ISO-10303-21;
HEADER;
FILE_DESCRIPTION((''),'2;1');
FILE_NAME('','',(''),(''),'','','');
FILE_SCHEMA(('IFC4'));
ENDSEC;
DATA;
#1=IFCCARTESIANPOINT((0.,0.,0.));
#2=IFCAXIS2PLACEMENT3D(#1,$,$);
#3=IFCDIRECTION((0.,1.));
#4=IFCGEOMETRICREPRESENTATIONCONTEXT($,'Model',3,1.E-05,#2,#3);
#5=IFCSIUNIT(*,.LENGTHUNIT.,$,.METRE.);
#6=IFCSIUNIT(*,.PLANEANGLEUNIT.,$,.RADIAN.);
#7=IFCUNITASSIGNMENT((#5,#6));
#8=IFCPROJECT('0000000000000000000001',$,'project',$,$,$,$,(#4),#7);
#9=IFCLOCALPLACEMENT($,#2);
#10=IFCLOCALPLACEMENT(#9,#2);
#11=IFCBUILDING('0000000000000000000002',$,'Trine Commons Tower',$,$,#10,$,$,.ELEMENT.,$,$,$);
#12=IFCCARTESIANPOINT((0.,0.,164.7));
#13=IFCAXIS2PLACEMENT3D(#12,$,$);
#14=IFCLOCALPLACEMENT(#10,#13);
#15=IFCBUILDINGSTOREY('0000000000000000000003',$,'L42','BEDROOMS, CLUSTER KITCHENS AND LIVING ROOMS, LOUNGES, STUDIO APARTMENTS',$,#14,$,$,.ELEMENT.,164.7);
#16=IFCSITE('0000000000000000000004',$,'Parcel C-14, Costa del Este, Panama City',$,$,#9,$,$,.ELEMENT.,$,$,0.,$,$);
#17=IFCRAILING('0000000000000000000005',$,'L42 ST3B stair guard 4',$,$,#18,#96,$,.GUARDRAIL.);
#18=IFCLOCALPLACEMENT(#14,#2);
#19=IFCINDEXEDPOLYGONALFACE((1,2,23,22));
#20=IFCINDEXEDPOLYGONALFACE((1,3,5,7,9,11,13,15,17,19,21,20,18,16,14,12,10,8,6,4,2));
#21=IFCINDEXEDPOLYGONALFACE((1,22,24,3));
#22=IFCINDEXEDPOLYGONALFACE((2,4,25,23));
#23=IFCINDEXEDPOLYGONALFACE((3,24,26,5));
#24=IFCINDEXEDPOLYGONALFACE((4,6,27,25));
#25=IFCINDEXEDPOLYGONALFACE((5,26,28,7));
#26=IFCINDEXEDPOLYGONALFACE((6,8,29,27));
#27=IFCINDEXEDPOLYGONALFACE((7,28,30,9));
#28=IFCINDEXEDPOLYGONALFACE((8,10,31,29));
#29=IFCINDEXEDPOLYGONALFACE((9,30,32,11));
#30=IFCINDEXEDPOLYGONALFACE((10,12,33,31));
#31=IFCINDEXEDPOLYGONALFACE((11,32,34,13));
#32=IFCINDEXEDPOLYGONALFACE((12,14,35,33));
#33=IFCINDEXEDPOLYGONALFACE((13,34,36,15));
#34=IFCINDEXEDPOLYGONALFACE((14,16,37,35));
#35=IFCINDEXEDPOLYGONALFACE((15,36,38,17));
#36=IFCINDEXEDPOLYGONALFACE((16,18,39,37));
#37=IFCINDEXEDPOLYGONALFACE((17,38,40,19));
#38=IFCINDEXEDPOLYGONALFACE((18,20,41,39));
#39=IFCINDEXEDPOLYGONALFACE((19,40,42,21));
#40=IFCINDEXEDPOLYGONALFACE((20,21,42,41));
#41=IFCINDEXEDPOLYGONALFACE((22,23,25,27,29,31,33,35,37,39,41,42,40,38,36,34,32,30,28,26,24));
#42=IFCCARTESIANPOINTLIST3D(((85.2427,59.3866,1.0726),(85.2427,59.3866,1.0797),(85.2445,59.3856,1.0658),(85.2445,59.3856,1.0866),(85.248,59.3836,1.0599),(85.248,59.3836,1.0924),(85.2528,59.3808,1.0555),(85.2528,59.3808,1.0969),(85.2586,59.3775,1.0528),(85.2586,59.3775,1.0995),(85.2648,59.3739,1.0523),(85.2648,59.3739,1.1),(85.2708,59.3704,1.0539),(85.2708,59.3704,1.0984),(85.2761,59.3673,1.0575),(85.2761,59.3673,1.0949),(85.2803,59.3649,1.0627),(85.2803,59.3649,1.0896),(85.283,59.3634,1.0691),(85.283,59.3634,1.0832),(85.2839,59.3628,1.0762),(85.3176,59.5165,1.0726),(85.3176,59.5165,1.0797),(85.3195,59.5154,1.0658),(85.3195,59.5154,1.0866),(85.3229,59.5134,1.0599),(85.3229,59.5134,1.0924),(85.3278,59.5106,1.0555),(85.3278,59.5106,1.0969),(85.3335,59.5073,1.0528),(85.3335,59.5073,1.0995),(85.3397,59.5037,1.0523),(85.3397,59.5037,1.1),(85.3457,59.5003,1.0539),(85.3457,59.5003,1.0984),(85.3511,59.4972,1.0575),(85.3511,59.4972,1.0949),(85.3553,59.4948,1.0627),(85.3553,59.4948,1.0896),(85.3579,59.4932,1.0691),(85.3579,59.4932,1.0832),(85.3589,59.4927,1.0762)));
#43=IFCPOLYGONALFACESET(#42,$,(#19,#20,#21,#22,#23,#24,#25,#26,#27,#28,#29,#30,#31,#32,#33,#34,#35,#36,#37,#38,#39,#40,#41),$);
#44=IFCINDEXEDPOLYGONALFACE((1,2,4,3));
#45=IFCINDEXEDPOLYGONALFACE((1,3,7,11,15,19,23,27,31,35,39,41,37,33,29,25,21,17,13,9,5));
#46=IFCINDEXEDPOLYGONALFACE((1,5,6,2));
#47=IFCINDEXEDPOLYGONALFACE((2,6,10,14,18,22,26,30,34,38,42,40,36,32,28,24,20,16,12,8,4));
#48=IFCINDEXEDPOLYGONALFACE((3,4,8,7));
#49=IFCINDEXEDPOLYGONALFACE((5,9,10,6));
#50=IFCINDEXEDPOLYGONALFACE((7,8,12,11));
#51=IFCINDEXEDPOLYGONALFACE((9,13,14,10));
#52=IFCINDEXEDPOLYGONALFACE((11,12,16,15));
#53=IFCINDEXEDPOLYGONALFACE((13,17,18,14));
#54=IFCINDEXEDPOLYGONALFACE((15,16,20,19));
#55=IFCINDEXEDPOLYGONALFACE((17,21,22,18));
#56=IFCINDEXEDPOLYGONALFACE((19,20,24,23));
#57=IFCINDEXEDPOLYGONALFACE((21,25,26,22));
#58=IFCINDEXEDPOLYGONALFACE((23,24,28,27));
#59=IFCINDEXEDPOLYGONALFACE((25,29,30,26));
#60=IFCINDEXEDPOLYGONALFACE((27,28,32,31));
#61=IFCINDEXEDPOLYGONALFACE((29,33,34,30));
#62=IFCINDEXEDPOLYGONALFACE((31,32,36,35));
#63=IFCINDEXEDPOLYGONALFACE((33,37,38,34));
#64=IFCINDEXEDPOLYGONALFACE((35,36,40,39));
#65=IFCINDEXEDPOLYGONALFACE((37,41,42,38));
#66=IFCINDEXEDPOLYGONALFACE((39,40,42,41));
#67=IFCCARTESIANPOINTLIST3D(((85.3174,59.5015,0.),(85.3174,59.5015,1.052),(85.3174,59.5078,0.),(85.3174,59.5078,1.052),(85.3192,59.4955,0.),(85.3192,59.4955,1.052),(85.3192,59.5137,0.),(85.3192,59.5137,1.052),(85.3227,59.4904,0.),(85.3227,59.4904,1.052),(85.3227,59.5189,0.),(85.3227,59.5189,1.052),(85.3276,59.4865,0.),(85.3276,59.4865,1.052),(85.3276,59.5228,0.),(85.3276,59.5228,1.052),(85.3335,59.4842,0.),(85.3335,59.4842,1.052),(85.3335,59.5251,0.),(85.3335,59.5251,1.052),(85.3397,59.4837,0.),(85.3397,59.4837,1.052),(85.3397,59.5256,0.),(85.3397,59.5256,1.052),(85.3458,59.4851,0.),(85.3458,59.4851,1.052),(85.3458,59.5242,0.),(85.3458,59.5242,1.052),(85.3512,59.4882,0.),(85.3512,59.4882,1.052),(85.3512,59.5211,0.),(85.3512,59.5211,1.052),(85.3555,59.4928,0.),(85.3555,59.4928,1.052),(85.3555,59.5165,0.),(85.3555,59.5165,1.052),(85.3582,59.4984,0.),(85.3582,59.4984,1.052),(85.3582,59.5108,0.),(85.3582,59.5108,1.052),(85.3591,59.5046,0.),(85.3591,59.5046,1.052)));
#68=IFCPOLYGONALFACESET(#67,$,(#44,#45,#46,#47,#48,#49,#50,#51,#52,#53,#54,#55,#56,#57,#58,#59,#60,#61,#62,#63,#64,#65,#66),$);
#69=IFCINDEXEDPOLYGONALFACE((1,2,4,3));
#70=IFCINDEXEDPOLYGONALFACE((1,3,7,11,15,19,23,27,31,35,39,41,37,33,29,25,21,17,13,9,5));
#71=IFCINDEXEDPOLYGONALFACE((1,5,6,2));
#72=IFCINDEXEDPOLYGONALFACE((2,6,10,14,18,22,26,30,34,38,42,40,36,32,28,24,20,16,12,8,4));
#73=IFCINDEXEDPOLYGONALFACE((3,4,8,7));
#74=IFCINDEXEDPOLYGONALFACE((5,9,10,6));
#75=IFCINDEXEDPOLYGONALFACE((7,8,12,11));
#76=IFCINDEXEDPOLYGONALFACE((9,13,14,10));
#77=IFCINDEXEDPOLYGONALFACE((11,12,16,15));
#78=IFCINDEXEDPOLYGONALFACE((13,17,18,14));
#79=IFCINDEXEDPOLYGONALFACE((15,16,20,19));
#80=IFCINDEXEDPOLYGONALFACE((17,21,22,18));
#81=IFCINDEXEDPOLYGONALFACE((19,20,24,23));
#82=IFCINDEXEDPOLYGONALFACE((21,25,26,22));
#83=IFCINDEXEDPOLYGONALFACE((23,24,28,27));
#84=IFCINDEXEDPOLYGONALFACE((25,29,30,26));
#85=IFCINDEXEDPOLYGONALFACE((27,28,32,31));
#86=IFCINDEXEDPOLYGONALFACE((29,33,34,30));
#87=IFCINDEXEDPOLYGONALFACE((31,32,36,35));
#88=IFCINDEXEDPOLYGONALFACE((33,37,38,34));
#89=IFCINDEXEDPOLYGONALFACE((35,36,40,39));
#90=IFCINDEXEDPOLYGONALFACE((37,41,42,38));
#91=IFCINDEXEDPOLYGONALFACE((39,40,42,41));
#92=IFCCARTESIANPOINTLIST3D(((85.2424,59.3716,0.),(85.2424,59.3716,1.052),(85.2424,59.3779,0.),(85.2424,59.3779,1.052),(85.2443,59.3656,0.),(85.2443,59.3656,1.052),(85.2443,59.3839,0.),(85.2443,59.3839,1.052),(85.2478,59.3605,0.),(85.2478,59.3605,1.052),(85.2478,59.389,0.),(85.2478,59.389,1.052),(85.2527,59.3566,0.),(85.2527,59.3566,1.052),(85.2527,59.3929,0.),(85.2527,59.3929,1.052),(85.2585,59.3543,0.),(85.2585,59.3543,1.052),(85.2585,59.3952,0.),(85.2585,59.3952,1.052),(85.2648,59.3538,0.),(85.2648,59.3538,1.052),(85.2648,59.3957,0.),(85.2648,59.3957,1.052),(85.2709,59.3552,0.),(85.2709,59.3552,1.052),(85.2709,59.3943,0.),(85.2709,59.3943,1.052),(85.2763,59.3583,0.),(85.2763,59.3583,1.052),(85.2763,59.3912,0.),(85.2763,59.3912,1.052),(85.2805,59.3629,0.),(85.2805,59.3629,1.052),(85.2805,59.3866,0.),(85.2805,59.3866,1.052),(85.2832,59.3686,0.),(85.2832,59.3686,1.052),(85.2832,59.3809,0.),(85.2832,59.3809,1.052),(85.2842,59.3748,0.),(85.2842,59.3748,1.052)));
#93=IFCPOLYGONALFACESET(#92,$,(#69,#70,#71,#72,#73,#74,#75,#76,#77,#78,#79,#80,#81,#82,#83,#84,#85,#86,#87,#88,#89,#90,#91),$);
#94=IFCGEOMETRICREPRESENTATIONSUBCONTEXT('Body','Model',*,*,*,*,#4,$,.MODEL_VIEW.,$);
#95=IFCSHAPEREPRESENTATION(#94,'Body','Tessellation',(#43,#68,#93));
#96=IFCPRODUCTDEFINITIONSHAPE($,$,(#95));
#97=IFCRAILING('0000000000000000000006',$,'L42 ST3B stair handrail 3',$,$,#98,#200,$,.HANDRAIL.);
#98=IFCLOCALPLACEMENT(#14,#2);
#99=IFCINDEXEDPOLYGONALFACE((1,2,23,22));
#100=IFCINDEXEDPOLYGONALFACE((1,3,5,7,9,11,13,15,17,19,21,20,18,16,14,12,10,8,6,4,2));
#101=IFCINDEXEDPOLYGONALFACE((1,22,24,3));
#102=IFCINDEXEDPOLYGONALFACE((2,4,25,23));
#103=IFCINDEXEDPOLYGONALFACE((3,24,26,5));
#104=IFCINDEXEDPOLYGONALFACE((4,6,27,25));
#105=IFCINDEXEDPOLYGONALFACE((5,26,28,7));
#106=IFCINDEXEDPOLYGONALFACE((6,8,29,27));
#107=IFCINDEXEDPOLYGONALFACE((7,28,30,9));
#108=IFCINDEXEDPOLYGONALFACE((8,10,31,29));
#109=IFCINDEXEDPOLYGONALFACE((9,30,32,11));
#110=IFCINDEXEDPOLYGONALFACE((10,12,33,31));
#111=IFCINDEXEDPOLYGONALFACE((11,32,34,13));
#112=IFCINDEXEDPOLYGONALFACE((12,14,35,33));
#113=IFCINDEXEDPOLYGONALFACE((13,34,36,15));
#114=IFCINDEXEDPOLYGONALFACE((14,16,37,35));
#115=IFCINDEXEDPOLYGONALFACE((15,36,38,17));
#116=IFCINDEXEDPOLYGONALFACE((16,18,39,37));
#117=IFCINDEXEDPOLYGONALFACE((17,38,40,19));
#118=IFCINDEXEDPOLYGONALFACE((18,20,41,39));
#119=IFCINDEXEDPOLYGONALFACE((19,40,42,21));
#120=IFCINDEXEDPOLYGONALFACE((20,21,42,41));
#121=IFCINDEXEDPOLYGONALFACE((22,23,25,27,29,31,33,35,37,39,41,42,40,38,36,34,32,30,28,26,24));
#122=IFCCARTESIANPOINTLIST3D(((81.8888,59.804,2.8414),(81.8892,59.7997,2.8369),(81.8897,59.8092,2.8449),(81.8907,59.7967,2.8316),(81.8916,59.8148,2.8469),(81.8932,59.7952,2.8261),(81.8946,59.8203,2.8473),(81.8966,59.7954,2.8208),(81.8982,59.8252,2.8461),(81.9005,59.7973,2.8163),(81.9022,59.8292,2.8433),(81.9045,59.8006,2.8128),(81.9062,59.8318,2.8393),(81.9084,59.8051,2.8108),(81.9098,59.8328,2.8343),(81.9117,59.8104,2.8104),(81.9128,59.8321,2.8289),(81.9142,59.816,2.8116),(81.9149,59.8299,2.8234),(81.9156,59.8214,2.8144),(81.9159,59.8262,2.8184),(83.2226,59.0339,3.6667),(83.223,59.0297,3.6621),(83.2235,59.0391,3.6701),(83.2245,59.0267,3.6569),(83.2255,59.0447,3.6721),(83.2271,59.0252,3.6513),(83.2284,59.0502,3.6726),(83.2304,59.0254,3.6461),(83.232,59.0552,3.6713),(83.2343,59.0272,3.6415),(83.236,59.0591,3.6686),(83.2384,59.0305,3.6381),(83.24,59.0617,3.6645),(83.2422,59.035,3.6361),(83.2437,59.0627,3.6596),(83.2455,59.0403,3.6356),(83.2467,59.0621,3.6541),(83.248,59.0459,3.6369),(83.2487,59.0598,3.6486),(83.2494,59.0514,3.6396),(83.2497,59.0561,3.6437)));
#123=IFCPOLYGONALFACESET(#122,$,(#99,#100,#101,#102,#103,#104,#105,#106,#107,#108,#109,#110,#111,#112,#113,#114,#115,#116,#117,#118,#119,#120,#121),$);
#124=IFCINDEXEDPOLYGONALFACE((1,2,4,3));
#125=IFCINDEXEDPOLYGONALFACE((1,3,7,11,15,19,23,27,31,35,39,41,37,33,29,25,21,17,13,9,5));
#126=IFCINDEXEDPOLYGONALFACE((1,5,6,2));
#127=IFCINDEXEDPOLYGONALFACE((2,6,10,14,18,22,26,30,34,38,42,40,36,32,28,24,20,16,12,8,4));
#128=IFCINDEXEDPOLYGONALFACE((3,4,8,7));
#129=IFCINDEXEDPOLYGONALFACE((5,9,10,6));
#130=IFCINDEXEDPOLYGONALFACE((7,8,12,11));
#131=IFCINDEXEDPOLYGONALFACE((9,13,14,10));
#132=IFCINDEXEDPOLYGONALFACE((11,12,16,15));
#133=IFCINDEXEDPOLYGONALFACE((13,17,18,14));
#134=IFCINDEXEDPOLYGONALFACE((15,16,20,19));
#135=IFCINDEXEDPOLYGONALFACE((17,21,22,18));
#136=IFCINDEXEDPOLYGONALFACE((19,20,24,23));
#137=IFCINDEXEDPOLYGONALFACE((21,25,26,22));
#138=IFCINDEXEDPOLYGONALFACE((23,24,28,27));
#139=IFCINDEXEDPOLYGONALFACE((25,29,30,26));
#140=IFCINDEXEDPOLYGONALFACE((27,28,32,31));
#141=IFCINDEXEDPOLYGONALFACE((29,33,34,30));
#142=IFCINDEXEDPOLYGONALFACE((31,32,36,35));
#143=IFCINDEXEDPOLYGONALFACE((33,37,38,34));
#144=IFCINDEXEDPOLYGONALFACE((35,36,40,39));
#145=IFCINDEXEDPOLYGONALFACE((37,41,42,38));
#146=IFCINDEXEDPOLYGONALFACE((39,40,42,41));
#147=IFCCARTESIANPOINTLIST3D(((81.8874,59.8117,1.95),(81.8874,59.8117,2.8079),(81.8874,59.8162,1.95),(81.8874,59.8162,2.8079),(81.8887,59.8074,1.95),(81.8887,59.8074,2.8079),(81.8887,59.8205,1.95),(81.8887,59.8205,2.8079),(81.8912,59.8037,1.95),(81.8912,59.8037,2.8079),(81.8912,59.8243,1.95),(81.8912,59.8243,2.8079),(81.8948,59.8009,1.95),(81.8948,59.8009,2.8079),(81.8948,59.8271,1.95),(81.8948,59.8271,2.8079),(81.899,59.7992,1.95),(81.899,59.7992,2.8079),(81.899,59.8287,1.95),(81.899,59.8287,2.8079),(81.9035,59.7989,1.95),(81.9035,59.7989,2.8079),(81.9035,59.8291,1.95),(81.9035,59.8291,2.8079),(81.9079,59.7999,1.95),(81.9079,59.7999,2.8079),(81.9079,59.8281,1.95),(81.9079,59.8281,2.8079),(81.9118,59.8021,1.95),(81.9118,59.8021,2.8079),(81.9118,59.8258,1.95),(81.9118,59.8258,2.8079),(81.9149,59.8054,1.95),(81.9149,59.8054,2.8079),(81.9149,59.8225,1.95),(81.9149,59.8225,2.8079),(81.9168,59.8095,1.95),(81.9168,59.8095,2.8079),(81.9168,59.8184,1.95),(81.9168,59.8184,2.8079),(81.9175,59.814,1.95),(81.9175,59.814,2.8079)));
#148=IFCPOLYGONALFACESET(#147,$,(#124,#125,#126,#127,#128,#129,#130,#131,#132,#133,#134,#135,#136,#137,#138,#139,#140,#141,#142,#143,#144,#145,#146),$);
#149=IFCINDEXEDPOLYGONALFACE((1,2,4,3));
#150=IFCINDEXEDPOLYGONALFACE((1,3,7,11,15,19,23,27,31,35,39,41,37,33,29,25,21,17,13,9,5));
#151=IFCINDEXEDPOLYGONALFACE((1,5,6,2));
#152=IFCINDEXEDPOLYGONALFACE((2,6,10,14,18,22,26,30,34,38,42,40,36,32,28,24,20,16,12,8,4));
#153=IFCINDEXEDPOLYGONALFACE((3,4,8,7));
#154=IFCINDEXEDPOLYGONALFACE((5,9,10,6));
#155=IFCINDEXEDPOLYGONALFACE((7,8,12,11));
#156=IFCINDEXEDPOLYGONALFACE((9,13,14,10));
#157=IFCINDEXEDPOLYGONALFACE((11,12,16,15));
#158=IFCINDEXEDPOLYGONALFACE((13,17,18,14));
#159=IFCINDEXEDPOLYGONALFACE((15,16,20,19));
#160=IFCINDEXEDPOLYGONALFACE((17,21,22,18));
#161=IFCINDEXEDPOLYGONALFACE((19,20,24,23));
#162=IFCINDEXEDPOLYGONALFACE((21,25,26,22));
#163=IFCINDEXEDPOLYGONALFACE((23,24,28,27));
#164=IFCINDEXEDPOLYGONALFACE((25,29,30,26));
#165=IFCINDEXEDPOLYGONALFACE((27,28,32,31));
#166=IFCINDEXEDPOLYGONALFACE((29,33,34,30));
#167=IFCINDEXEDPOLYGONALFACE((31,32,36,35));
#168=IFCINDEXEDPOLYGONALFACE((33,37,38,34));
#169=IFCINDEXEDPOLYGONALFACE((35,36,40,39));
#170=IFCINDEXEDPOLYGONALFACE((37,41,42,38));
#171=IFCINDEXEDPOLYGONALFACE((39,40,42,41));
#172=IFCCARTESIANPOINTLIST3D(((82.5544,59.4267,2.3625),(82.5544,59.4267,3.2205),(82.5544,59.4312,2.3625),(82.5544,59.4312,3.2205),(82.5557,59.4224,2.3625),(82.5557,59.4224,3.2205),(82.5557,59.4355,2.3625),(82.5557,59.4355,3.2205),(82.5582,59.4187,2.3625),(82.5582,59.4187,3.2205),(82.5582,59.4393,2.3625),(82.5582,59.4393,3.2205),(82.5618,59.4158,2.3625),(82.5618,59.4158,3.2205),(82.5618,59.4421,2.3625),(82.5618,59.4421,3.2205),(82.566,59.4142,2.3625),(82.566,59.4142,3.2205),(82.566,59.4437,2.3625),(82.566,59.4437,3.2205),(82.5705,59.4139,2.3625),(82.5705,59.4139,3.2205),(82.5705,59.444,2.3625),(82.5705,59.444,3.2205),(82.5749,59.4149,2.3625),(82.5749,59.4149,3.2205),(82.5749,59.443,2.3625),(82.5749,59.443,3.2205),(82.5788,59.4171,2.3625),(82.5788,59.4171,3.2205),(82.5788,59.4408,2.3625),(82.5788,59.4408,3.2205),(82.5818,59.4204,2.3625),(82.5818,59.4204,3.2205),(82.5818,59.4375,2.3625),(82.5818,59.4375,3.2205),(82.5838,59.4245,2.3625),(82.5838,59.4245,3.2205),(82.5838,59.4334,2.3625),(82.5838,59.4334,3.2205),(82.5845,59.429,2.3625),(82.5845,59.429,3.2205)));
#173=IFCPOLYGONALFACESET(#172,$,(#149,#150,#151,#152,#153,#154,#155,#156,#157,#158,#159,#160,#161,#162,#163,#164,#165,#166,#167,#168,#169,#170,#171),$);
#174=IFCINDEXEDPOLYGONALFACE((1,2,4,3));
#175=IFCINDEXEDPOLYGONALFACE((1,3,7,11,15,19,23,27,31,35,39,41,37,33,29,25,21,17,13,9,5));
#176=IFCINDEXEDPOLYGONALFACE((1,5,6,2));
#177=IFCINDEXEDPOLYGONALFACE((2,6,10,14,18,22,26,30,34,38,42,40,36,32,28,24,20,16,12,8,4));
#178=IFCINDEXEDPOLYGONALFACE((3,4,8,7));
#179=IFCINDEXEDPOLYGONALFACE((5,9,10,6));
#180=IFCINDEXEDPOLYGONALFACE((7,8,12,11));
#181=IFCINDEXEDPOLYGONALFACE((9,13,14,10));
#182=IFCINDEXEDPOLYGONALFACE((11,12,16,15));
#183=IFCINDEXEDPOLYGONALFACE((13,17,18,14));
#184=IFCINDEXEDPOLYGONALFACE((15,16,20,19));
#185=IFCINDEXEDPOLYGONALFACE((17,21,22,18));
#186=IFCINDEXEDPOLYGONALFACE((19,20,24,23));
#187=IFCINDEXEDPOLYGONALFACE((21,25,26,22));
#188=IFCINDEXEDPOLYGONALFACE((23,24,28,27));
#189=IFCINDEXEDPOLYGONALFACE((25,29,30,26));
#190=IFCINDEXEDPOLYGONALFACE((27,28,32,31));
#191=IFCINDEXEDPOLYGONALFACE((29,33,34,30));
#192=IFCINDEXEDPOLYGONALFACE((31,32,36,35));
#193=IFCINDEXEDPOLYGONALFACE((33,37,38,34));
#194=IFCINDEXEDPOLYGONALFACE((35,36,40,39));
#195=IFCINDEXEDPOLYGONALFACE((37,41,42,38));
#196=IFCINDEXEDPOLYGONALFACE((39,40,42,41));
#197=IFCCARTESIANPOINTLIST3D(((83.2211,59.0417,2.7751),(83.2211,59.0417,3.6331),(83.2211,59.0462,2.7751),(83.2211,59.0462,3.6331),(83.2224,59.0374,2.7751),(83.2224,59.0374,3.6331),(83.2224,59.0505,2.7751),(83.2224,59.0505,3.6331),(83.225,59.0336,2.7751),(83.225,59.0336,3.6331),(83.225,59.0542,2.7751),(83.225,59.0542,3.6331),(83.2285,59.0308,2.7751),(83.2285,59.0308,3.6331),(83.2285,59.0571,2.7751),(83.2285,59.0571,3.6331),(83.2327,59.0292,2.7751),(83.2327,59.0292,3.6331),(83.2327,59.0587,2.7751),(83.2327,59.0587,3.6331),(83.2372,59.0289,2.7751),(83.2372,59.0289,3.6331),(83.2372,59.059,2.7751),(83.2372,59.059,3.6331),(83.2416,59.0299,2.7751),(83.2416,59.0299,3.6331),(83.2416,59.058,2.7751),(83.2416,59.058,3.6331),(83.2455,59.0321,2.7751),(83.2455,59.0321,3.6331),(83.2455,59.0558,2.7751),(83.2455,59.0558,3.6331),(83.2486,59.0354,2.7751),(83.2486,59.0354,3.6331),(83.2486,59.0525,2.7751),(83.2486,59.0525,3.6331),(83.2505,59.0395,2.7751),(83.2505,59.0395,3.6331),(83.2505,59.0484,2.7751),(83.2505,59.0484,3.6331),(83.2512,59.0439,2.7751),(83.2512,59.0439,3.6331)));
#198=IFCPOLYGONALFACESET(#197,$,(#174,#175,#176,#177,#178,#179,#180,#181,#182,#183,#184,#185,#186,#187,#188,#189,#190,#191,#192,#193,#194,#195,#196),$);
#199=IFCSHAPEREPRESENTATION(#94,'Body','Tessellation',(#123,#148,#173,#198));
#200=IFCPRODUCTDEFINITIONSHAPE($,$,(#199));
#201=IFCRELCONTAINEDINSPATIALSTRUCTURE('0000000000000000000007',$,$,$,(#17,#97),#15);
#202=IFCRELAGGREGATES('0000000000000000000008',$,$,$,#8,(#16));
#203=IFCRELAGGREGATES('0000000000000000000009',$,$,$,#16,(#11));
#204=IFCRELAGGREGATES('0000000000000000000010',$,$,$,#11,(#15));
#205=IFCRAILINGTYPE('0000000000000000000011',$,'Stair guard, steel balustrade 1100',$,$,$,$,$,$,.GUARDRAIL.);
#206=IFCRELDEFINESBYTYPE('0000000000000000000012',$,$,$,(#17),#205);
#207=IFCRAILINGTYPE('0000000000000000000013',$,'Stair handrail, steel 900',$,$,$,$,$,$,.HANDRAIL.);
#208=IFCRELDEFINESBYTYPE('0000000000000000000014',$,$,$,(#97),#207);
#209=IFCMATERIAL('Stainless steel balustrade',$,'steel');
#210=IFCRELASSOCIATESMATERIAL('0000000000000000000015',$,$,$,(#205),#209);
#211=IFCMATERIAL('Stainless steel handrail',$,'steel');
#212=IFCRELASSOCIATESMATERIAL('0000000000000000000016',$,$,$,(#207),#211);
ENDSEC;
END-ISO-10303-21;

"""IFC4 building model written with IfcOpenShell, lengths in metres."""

from ifc_helpers import new_model, si_unit, direction, frame, origin, origin_2d, place, context, subcontext, project, spatial, circle, extrude, material, type_object, element, save


model = new_model("IFC4")

# Units and contexts
model_context = context("Model", 3, precision=1e-05, world=origin(), true_north=direction((0.0, 1.0)))
body_context = subcontext(model_context, "Body", "Model", "MODEL_VIEW")
ifc_project = project(units=[si_unit("LENGTHUNIT", "METRE"), si_unit("PLANEANGLEUNIT", "RADIAN")], contexts=[model_context])

# Site, building, storey
site_placement = place(None, origin())
site = spatial("IfcSite", under=ifc_project, at=site_placement, Name="Parcel C-14, Costa del Este, Panama City", CompositionType="ELEMENT", RefElevation=0.0)
building_placement = place(site_placement, origin())
building = spatial("IfcBuilding", under=site, at=building_placement, Name="Trine Commons Tower", CompositionType="ELEMENT")
storey_placement = place(building_placement, frame((0.0, 0.0, 164.7)))
storey = spatial("IfcBuildingStorey", under=building, at=storey_placement, Name="L42", Description="BEDROOMS, CLUSTER KITCHENS AND LIVING ROOMS, LOUNGES, STUDIO APARTMENTS", CompositionType="ELEMENT", Elevation=164.7)

# Railings
ifc_material_1 = material(Name="Stainless steel balustrade", Category="steel")
railing_type_1 = type_object("IfcRailingType", Name="Stair guard, steel balustrade 1100", PredefinedType="GUARDRAIL", material=ifc_material_1)
railing_1_placement = place(storey_placement, frame((85.3381, 59.5046, 0.0)))
element("IfcRailing", 1, at=railing_1_placement, inside=storey, type_object=railing_type_1, Name="L42 ST3B stair guard 4", PredefinedType="GUARDRAIL", context=body_context, shape_type="SweptSolid", body=[
    extrude(circle(Radius=0.0239, at=origin_2d()), frame((0.0, 0.0, 1.0762), z_axis=(-0.499816, -0.866131, 0.0), x_axis=(0.866131, -0.499816, 0.0)), (0.0, 0.0, 1.0), 0.1499),
    extrude(circle(Radius=0.021, at=origin_2d()), origin(), (0.0, 0.0, 1.0), 1.052),
    extrude(circle(Radius=0.021, at=origin_2d()), frame((-0.075, -0.1299, 0.0)), (0.0, 0.0, 1.0), 1.052),
])
ifc_material_2 = material(Name="Stainless steel handrail", Category="steel")
railing_type_2 = type_object("IfcRailingType", Name="Stair handrail, steel 900", PredefinedType="HANDRAIL", material=ifc_material_2)
railing_2_placement = place(storey_placement, frame((81.9023, 59.814, 1.95)))
element("IfcRailing", 2, at=railing_2_placement, inside=storey, type_object=railing_type_2, Name="L42 ST3B stair handrail 3", PredefinedType="HANDRAIL", context=body_context, shape_type="SweptSolid", body=[
    extrude(circle(Radius=0.021, at=origin_2d()), frame((0.0, 0.0, 0.8789), z_axis=(0.763355, -0.440714, 0.472293), x_axis=(0.499992, 0.86603, 0.0)), (0.0, 0.0, 1.0), 1.7473),
    extrude(circle(Radius=0.0151, at=origin_2d()), origin(), (0.0, 0.0, 1.0), 0.8579),
    extrude(circle(Radius=0.0151, at=origin_2d()), frame((0.667, -0.385, 0.4126)), (0.0, 0.0, 1.0), 0.8579),
    extrude(circle(Radius=0.0151, at=origin_2d()), frame((1.3337, -0.77, 0.8252)), (0.0, 0.0, 1.0), 0.8579),
])

save(model, "model.ifc")
